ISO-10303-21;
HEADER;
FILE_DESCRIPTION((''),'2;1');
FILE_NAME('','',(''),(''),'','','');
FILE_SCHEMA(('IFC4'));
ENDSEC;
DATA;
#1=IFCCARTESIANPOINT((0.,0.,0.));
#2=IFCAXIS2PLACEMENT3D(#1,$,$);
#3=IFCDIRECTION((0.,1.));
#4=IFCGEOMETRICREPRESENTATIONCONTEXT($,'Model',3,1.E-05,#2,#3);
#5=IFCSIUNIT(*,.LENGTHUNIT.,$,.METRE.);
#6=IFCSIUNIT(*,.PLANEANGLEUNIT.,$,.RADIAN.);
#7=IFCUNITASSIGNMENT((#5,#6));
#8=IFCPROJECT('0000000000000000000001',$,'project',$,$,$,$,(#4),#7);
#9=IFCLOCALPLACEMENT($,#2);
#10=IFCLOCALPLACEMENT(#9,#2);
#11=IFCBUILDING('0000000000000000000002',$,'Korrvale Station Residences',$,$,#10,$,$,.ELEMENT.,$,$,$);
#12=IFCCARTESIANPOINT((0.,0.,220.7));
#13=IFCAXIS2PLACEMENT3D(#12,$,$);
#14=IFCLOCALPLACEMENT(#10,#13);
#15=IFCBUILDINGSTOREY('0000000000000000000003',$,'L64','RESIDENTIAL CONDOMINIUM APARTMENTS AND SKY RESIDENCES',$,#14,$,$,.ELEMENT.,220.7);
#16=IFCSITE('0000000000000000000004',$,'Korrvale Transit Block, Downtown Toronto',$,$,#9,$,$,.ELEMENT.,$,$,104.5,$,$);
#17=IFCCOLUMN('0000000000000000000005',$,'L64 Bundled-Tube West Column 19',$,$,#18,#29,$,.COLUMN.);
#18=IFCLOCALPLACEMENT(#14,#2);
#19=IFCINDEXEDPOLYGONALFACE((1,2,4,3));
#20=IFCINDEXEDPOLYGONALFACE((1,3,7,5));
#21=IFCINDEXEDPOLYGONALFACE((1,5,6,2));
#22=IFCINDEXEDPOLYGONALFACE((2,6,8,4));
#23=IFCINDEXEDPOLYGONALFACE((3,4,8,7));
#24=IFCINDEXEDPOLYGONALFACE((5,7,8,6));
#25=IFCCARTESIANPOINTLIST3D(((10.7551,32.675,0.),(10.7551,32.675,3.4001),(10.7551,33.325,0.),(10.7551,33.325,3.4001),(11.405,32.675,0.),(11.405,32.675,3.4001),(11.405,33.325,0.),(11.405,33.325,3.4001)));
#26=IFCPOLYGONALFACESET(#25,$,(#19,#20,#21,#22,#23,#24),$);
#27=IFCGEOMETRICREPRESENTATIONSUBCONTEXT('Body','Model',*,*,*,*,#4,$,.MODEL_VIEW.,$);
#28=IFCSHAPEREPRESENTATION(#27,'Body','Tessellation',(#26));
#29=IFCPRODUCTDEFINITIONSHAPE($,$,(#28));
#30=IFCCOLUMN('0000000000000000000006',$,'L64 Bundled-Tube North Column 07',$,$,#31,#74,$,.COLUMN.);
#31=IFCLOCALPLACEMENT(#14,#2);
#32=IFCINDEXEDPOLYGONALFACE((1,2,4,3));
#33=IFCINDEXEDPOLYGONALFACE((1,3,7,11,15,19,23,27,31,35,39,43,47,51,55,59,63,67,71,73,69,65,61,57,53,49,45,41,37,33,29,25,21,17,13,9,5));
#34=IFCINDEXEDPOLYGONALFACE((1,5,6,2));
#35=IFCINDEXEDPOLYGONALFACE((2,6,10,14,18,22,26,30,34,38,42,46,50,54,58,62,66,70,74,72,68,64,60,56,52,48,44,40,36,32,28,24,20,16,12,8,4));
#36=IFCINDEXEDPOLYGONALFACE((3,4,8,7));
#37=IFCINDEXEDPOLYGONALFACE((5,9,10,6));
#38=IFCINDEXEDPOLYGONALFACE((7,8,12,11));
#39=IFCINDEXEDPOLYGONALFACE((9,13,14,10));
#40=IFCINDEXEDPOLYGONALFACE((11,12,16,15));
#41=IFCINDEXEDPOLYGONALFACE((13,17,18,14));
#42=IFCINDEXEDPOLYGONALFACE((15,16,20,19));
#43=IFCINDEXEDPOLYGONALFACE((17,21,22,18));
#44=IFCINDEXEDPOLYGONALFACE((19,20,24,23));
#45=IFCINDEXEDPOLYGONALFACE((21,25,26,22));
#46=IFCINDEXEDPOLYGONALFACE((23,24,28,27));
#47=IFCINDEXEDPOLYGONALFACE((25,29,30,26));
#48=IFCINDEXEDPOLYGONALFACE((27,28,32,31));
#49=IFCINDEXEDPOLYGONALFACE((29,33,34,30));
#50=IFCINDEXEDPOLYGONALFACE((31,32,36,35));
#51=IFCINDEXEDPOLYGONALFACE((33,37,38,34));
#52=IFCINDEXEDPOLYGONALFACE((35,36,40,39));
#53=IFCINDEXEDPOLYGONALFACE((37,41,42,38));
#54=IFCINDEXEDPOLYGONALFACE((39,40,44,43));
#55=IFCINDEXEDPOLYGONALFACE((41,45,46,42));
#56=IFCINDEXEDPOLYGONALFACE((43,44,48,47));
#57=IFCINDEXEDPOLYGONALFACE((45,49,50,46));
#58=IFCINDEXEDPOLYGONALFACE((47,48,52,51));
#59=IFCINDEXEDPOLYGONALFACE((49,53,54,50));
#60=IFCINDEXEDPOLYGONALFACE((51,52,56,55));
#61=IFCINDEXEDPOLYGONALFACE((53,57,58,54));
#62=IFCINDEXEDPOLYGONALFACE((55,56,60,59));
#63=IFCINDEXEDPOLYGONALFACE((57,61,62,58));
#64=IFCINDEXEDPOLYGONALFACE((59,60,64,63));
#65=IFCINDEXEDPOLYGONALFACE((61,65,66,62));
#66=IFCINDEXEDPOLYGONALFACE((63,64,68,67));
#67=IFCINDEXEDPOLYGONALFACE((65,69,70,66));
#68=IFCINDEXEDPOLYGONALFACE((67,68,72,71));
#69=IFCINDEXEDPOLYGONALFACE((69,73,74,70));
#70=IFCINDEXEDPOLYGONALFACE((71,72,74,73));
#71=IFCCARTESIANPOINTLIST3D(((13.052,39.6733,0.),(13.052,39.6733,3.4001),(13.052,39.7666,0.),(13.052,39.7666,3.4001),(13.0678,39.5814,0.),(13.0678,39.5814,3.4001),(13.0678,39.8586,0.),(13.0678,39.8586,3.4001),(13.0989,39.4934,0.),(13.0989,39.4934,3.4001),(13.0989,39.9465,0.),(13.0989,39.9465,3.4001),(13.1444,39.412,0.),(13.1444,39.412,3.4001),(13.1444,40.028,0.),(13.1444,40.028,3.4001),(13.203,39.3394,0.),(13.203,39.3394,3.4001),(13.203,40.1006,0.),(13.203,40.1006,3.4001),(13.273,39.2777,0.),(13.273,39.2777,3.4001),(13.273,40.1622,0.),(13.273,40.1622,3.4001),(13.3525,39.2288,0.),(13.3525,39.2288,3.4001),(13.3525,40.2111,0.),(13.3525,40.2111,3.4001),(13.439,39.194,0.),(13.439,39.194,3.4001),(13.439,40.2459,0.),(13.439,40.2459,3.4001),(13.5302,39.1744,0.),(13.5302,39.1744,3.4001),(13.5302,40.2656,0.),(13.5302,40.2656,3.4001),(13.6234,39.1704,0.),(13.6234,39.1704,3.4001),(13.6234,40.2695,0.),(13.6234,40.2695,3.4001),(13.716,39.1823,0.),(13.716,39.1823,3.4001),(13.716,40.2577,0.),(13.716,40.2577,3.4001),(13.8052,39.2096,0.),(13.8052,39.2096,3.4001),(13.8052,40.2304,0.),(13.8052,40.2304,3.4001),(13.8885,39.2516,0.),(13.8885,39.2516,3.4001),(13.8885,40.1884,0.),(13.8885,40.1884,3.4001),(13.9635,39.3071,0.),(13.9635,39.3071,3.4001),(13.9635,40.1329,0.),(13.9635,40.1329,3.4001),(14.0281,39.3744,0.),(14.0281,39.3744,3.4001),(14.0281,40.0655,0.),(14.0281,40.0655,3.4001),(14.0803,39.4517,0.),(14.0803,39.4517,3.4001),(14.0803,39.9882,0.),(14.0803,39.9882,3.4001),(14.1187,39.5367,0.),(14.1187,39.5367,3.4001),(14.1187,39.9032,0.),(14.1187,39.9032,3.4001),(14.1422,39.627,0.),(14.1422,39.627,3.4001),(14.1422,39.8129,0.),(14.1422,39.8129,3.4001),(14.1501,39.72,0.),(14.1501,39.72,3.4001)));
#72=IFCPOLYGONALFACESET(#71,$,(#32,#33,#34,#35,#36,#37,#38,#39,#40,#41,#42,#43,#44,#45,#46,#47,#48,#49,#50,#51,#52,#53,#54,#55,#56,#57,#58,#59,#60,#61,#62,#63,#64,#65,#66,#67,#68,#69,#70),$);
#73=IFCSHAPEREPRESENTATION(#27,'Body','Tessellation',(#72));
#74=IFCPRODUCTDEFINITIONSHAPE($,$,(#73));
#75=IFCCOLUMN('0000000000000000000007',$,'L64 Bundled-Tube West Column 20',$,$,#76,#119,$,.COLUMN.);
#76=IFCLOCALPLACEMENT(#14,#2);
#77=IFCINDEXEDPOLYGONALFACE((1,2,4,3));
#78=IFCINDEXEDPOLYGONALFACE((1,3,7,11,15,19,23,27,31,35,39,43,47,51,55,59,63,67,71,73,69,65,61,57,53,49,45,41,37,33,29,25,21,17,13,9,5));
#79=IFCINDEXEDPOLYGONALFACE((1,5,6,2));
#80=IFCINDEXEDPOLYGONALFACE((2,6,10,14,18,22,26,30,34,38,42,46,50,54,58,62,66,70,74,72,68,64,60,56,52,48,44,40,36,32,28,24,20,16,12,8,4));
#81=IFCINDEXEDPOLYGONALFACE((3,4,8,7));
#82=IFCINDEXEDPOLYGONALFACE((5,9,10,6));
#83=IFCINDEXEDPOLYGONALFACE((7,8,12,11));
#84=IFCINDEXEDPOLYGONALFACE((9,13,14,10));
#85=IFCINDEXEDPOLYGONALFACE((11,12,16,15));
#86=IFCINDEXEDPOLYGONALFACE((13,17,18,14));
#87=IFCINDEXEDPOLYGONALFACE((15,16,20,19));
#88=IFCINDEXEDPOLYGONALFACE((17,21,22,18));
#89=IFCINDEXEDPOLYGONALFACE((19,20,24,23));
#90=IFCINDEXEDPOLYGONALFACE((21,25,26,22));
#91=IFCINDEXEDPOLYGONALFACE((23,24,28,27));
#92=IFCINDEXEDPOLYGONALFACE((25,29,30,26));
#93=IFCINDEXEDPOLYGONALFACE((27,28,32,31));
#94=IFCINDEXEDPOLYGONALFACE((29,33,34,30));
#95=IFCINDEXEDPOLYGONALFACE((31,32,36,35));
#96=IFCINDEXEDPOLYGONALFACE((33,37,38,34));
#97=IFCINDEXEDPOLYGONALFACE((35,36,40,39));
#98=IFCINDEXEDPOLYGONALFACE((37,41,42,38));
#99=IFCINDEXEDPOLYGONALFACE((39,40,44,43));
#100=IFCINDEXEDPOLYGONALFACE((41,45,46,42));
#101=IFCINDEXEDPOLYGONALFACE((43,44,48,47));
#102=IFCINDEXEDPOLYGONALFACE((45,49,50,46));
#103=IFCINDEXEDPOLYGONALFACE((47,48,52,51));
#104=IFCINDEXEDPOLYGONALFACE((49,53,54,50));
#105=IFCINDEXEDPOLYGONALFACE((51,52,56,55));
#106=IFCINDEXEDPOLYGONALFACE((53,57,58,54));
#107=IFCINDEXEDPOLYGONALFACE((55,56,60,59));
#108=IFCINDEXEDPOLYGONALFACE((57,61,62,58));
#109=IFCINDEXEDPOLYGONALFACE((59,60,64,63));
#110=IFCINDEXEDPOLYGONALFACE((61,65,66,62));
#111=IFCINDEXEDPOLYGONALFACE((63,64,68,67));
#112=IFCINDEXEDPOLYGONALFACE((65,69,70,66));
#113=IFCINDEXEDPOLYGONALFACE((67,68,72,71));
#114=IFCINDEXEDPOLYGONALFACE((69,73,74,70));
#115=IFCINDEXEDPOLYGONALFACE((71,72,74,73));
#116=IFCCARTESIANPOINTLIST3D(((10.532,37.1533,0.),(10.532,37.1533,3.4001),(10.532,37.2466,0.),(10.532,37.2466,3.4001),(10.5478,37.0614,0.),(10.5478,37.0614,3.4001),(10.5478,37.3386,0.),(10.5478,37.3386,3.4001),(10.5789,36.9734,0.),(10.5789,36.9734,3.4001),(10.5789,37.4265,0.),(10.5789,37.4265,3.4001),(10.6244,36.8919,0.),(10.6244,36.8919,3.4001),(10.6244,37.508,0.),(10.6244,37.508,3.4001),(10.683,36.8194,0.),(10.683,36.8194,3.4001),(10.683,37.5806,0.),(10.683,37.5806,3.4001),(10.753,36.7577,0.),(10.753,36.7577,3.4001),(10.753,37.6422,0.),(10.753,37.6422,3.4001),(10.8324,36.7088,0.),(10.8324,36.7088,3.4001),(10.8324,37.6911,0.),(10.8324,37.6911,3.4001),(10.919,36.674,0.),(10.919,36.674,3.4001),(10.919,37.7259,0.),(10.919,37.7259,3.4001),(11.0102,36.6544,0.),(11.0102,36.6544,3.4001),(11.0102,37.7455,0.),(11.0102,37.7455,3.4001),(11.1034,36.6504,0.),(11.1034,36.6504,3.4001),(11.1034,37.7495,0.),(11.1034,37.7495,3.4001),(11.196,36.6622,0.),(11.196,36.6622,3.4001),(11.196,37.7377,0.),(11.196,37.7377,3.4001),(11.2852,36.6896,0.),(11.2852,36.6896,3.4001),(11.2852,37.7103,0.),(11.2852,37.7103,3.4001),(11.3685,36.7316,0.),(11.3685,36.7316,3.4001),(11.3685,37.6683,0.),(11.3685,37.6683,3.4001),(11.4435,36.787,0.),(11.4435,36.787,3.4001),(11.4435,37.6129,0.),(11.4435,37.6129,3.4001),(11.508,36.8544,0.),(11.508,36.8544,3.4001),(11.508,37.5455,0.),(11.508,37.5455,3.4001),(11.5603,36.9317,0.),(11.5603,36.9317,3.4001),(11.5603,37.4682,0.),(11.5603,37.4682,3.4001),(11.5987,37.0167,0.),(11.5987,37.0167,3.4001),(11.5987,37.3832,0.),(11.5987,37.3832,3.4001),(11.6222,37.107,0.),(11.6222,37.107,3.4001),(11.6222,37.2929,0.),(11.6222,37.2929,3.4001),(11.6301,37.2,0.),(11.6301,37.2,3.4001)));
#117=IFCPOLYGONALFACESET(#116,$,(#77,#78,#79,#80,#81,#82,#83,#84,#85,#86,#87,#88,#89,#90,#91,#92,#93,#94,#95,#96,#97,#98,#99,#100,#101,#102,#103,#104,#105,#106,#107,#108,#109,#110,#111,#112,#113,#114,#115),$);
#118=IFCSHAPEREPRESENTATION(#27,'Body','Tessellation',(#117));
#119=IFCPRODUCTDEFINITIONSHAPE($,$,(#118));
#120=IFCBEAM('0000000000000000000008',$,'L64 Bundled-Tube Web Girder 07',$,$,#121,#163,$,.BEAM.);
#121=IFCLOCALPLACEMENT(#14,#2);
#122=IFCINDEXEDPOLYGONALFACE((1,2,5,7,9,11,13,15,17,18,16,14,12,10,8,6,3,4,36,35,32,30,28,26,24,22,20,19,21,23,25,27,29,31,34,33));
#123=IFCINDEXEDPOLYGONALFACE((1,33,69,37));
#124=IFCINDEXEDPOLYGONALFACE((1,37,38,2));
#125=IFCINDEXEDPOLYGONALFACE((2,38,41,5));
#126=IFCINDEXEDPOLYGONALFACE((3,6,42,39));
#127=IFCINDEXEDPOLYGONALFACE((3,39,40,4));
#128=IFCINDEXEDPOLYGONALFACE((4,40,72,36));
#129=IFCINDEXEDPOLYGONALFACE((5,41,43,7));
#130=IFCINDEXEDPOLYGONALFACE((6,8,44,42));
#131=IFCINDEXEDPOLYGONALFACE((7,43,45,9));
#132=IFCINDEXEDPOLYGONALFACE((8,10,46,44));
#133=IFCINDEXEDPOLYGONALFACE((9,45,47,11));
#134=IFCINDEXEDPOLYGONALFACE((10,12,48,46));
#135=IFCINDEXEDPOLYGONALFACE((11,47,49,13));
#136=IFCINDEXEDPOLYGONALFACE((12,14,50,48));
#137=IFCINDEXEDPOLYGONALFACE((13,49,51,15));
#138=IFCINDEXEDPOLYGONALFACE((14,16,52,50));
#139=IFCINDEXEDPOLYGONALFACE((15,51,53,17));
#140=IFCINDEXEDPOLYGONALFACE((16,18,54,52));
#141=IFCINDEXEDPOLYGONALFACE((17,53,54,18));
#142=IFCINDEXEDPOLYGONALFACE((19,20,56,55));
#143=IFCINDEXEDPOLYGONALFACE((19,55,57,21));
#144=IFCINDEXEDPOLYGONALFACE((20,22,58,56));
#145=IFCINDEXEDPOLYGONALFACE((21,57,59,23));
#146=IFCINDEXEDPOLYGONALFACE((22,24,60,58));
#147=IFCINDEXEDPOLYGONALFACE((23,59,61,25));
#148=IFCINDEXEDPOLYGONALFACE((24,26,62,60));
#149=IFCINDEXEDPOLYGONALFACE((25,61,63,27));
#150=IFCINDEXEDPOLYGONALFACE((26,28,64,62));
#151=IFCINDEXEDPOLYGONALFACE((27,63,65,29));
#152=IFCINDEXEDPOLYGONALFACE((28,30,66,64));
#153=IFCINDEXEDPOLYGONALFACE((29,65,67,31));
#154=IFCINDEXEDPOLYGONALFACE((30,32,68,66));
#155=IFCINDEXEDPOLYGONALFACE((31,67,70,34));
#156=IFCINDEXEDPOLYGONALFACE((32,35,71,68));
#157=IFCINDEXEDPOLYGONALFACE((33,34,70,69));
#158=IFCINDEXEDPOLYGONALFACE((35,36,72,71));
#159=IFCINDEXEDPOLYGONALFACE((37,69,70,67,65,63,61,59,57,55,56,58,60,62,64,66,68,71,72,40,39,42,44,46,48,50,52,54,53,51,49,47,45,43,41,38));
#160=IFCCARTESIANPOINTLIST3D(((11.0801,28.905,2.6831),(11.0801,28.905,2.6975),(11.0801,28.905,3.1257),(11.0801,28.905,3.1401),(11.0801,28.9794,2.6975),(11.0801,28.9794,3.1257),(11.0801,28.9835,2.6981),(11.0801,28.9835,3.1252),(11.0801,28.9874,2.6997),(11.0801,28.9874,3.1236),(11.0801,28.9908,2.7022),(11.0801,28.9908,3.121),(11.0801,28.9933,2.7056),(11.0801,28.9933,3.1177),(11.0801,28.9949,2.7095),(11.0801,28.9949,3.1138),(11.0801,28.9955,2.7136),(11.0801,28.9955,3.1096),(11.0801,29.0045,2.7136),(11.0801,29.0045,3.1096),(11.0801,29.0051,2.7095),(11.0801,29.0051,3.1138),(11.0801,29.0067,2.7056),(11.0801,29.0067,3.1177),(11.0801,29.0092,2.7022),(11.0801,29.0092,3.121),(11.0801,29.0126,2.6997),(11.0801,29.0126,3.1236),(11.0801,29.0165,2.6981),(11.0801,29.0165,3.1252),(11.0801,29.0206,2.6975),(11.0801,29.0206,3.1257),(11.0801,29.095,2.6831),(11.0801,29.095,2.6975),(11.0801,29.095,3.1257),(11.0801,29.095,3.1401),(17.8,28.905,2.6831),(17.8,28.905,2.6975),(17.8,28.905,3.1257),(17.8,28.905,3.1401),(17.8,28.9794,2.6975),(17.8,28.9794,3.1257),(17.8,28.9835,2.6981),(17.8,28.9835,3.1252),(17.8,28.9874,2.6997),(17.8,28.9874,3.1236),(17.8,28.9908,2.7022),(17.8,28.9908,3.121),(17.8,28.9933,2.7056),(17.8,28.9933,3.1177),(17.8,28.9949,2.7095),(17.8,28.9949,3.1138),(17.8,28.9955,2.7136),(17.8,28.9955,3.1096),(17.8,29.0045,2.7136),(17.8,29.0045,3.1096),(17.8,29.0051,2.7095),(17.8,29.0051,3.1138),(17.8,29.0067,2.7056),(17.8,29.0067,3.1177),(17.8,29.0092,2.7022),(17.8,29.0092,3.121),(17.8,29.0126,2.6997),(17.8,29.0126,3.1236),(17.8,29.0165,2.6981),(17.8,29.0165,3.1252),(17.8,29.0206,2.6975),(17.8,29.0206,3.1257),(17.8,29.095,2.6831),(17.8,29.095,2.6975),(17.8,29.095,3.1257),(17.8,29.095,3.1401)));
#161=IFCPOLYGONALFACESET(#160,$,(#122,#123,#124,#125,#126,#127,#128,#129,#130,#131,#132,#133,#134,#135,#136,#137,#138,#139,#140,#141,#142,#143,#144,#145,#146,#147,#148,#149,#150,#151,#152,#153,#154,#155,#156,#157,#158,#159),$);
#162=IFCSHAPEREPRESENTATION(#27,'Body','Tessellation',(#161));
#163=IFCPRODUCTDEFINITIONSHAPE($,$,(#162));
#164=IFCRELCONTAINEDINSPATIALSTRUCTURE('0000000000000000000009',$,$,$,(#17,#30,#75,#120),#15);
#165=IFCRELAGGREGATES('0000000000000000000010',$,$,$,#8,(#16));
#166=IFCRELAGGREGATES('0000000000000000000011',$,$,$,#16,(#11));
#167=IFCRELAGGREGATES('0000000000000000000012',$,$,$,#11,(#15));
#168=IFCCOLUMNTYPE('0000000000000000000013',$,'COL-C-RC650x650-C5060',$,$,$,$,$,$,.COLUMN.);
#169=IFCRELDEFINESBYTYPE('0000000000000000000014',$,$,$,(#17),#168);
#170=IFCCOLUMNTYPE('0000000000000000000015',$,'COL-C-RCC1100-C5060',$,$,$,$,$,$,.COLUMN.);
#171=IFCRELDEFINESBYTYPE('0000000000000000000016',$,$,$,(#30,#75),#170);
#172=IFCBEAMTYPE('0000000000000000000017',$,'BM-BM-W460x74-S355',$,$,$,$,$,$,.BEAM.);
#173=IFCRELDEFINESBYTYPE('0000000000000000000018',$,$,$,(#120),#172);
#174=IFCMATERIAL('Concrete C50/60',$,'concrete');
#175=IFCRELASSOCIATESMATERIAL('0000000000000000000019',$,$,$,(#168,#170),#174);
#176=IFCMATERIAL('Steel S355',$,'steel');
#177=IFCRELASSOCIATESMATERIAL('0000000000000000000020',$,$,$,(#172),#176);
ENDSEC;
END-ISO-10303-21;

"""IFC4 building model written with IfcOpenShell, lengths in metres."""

from ifc_helpers import new_model, si_unit, direction, frame, origin, origin_2d, place, context, subcontext, project, spatial, rectangle, circle, i_section, extrude, material, material_profile, profile_set, type_object, element, save


model = new_model("IFC4")

# Units and contexts
model_context = context("Model", 3, precision=1e-05, world=origin(), true_north=direction((0.0, 1.0)))
body_context = subcontext(model_context, "Body", "Model", "MODEL_VIEW")
ifc_project = project(units=[si_unit("LENGTHUNIT", "METRE"), si_unit("PLANEANGLEUNIT", "RADIAN")], contexts=[model_context])

# Site, building, storey
site_placement = place(None, origin())
site = spatial("IfcSite", under=ifc_project, at=site_placement, Name="Korrvale Transit Block, Downtown Toronto", CompositionType="ELEMENT", RefElevation=104.5)
building_placement = place(site_placement, origin())
building = spatial("IfcBuilding", under=site, at=building_placement, Name="Korrvale Station Residences", CompositionType="ELEMENT")
storey_placement = place(building_placement, frame((0.0, 0.0, 220.7)))
storey = spatial("IfcBuildingStorey", under=building, at=storey_placement, Name="L64", Description="RESIDENTIAL CONDOMINIUM APARTMENTS AND SKY RESIDENCES", CompositionType="ELEMENT", Elevation=220.7)

# Columns
ifc_material_1 = material(Name="Concrete C50/60", Category="concrete")
ifc_material_profile_1 = material_profile(ifc_material_1, rectangle(XDim=0.6499, YDim=0.6499, at=origin_2d()), Name="RC650x650")
ifc_profile_set_1 = profile_set([ifc_material_profile_1], Name="Concrete C50/60")
column_type_1 = type_object("IfcColumnType", Name="COL-C-RC650x650-C5060", PredefinedType="COLUMN", material=ifc_profile_set_1)
column_placement = place(storey_placement, frame((11.0801, 33.0, 0.0), z_axis=(0.0, 0.0, 1.0), x_axis=(1.0, 0.0, 0.0)))
element("IfcColumn", 1, at=column_placement, inside=storey, type_object=column_type_1, Name="L64 Bundled-Tube West Column 19", PredefinedType="COLUMN", context=body_context, shape_type="SweptSolid", body=[
    extrude(rectangle(XDim=0.6499, YDim=0.6499, at=origin_2d()), origin(), (0.0, 0.0, 1.0), 3.4001),
])
ifc_material_profile_2 = material_profile(ifc_material_1, circle(Radius=0.55, at=origin_2d()), Name="RCC1100")
ifc_profile_set_2 = profile_set([ifc_material_profile_2], Name="Concrete C50/60")
column_type_2 = type_object("IfcColumnType", Name="COL-C-RCC1100-C5060", PredefinedType="COLUMN", material=ifc_profile_set_2)
for number, where, z_axis, x_axis, name in (
    (2, (13.6001, 39.72, 0.0), (0.0, 0.0, 1.0), (1.0, 0.0, 0.0), "L64 Bundled-Tube North Column 07"),
    (3, (11.0801, 37.2, 0.0), (0.0, 0.0, 1.0), (1.0, 0.0, 0.0), "L64 Bundled-Tube West Column 20"),
):
    element("IfcColumn", number, at=place(storey_placement, frame(where, z_axis=z_axis, x_axis=x_axis)), inside=storey, type_object=column_type_2, Name=name, PredefinedType="COLUMN", context=body_context, shape_type="SweptSolid", body=[
        extrude(circle(Radius=0.55, at=origin_2d()), origin(), (0.0, 0.0, 1.0), 3.4001),
    ])

# Beam
ifc_material_2 = material(Name="Steel S355", Category="steel")
ifc_material_profile_3 = material_profile(ifc_material_2, i_section(OverallWidth=0.1899, OverallDepth=0.457, WebThickness=0.009, FlangeThickness=0.0144, FilletRadius=0.0161, at=origin_2d()), Name="W460x74")
ifc_profile_set_3 = profile_set([ifc_material_profile_3], Name="Steel S355")
beam_type_1 = type_object("IfcBeamType", Name="BM-BM-W460x74-S355", PredefinedType="BEAM", material=ifc_profile_set_3)
beam_1_placement = place(storey_placement, frame((11.0801, 29.0, 2.9116), z_axis=(1.0, 0.0, 0.0), x_axis=(0.0, 1.0, 0.0)))
element("IfcBeam", 4, at=beam_1_placement, inside=storey, type_object=beam_type_1, Name="L64 Bundled-Tube Web Girder 07", PredefinedType="BEAM", context=body_context, shape_type="SweptSolid", body=[
    extrude(i_section(OverallWidth=0.1899, OverallDepth=0.457, WebThickness=0.009, FlangeThickness=0.0144, FilletRadius=0.0161, at=origin_2d()), origin(), (0.0, 0.0, 1.0), 6.72),
])

save(model, "model.ifc")
